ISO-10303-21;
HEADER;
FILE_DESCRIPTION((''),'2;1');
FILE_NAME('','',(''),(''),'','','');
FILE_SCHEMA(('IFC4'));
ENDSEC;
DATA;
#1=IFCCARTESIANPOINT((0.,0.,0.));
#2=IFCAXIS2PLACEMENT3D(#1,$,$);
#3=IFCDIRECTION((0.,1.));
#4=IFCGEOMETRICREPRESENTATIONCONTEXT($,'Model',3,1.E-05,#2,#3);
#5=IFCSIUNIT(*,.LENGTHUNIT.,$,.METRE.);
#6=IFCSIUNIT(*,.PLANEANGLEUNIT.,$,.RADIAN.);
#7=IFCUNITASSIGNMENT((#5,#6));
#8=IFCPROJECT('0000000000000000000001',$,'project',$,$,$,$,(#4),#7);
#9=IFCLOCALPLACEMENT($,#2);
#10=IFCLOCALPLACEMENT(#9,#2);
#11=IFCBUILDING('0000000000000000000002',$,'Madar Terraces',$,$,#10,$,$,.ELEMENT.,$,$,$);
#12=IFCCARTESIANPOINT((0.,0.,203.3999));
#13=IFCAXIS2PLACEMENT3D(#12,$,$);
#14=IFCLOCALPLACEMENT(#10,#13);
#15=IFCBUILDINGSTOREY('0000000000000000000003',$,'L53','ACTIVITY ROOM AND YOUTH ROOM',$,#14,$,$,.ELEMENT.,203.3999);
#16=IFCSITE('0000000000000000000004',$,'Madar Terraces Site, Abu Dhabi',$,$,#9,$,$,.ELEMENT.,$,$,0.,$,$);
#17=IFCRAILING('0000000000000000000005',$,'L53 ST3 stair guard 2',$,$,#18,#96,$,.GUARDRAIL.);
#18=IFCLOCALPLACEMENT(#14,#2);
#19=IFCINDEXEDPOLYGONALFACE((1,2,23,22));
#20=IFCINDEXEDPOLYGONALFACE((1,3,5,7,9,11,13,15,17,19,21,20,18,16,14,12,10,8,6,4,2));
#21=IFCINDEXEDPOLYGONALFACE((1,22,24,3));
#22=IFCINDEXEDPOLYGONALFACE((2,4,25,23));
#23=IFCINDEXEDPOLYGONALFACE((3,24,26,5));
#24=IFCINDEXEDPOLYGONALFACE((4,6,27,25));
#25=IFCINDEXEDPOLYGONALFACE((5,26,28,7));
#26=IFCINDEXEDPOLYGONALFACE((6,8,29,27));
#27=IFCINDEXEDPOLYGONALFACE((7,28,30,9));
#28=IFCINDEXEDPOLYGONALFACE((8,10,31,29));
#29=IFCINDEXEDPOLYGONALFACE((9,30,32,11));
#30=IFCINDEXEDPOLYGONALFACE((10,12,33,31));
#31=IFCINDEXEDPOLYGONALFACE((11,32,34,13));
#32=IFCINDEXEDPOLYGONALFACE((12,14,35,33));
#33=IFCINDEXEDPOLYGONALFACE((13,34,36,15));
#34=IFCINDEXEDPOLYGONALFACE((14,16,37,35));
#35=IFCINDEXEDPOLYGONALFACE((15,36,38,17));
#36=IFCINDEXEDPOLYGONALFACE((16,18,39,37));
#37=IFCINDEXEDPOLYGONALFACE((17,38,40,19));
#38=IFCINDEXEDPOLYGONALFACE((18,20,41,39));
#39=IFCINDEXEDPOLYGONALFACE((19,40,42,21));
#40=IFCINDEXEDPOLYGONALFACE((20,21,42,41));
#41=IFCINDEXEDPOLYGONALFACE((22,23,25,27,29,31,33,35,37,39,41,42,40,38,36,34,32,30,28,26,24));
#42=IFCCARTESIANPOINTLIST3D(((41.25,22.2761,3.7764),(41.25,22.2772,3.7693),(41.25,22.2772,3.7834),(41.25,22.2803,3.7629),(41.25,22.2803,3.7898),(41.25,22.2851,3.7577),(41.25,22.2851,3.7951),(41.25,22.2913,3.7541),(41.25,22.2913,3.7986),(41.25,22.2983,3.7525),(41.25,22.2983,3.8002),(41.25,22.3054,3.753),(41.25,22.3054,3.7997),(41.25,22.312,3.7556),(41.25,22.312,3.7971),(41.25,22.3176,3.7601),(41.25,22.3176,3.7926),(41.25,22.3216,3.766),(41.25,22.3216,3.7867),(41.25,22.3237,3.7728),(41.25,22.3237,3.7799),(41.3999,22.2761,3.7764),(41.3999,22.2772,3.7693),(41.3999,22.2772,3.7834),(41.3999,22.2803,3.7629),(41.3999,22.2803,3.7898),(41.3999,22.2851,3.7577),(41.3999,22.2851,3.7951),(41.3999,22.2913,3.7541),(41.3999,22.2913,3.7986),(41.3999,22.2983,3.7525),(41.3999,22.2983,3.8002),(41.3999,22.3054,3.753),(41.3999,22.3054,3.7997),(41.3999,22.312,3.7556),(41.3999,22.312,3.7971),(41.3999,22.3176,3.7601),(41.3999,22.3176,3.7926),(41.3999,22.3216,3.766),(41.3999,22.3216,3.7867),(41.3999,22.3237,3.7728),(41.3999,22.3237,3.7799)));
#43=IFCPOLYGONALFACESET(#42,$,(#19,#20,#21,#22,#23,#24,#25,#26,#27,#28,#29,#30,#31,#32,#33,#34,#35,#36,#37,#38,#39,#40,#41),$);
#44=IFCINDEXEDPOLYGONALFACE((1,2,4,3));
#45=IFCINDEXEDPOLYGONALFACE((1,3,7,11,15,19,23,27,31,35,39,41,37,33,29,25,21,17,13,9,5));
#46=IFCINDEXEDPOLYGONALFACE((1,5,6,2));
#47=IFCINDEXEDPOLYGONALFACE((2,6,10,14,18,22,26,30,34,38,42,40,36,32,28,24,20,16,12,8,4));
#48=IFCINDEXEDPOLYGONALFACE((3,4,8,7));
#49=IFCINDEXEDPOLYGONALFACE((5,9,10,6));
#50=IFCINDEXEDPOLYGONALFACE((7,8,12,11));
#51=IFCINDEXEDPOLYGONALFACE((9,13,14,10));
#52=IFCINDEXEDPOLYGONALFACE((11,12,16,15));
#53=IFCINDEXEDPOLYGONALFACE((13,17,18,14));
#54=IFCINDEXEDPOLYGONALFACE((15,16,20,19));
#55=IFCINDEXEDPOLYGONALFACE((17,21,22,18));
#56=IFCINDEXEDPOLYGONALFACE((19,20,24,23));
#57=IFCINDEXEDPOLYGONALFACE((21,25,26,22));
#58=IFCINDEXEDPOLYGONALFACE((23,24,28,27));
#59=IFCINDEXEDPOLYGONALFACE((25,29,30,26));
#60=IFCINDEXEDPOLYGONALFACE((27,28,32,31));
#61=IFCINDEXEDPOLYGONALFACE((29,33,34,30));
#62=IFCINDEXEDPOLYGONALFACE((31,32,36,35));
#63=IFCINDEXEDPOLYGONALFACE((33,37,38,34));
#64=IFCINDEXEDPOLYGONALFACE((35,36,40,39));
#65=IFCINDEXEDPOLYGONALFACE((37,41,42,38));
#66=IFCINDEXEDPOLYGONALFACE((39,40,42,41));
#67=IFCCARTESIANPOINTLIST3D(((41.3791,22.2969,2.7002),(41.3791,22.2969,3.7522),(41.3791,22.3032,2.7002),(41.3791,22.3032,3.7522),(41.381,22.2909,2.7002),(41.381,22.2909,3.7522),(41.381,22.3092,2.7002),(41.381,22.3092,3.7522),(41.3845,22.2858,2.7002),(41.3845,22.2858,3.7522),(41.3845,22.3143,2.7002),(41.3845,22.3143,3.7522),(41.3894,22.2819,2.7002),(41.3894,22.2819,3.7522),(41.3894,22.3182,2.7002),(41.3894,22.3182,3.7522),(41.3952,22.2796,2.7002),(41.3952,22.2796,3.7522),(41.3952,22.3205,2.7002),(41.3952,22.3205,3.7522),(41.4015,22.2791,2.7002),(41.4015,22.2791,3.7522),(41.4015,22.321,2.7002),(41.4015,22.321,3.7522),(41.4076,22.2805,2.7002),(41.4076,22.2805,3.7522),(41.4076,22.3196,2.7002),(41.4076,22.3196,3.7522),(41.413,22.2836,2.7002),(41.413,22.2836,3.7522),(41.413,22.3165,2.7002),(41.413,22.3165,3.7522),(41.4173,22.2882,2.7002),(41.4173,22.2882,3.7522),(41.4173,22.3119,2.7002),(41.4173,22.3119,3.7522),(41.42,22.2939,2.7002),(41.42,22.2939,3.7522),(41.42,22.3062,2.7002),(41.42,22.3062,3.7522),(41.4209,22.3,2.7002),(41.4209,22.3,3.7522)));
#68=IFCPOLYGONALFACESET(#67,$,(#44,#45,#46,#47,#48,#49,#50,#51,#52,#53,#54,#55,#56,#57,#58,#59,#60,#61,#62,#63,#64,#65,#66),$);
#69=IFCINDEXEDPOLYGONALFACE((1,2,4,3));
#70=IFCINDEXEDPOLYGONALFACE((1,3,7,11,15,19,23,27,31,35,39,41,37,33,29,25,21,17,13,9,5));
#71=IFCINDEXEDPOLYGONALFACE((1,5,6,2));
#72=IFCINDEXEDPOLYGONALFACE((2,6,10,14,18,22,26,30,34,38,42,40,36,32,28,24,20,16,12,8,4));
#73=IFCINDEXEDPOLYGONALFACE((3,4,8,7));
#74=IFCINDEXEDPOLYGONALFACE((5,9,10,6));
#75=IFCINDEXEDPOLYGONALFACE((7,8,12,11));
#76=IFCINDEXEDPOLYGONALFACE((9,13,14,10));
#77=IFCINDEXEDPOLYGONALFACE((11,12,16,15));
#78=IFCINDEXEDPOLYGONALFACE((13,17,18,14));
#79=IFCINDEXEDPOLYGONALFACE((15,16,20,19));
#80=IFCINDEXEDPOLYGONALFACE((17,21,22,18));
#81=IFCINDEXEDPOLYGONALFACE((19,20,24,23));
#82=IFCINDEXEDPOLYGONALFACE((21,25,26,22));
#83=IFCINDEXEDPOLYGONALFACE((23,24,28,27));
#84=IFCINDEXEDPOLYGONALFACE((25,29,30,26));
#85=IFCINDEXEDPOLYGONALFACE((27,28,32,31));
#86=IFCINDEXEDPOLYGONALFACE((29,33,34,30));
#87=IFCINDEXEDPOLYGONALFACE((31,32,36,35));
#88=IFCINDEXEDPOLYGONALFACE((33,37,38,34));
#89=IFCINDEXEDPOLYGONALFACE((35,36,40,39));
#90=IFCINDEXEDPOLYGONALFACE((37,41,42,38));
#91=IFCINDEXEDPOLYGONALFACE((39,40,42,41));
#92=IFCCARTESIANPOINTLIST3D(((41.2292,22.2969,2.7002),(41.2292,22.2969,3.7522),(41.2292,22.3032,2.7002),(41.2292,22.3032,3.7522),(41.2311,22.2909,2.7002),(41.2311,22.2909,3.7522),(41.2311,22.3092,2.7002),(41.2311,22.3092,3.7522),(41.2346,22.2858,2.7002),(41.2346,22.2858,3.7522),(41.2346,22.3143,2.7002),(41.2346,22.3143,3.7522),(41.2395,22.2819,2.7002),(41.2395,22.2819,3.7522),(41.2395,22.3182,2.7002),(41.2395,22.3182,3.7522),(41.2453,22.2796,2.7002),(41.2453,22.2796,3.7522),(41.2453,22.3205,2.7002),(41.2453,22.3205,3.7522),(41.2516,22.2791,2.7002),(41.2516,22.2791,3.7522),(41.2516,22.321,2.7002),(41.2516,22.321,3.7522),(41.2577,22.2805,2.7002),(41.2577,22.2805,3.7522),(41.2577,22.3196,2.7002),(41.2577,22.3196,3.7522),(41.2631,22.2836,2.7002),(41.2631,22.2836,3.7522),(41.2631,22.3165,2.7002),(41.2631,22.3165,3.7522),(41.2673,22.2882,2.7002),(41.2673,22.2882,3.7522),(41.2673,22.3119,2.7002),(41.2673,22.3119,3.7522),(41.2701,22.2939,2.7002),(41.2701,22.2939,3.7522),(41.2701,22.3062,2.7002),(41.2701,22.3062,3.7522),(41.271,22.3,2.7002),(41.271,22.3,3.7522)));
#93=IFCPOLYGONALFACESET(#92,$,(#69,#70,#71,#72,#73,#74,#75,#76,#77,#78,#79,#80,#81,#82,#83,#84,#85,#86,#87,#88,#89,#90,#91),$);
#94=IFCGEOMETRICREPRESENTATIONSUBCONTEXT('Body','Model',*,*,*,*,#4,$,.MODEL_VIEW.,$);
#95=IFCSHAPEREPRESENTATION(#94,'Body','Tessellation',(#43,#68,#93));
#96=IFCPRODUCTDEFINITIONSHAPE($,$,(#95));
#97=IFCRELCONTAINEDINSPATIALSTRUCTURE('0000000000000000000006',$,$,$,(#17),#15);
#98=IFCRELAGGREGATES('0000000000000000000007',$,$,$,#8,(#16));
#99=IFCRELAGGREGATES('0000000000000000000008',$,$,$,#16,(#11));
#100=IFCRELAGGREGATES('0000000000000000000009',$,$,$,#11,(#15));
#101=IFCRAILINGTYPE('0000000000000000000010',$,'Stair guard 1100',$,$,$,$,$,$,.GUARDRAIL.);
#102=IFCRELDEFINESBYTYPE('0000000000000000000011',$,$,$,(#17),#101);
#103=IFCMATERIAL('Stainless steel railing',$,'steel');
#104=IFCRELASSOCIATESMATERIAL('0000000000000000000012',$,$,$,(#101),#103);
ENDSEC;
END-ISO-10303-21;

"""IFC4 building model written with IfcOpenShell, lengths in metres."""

from ifc_helpers import new_model, si_unit, direction, frame, origin, origin_2d, place, context, subcontext, project, spatial, circle, extrude, material, type_object, element, save


model = new_model("IFC4")

# Units and contexts
model_context = context("Model", 3, precision=1e-05, world=origin(), true_north=direction((0.0, 1.0)))
body_context = subcontext(model_context, "Body", "Model", "MODEL_VIEW")
ifc_project = project(units=[si_unit("LENGTHUNIT", "METRE"), si_unit("PLANEANGLEUNIT", "RADIAN")], contexts=[model_context])

# Site, building, storey
site_placement = place(None, origin())
site = spatial("IfcSite", under=ifc_project, at=site_placement, Name="Madar Terraces Site, Abu Dhabi", CompositionType="ELEMENT", RefElevation=0.0)
building_placement = place(site_placement, origin())
building = spatial("IfcBuilding", under=site, at=building_placement, Name="Madar Terraces", CompositionType="ELEMENT")
storey_placement = place(building_placement, frame((0.0, 0.0, 203.3999)))
storey = spatial("IfcBuildingStorey", under=building, at=storey_placement, Name="L53", Description="ACTIVITY ROOM AND YOUTH ROOM", CompositionType="ELEMENT", Elevation=203.3999)

# Railing
ifc_material_1 = material(Name="Stainless steel railing", Category="steel")
railing_type_1 = type_object("IfcRailingType", Name="Stair guard 1100", PredefinedType="GUARDRAIL", material=ifc_material_1)
railing_1_placement = place(storey_placement, frame((41.3999, 22.3, 2.7002)))
element("IfcRailing", 1, at=railing_1_placement, inside=storey, type_object=railing_type_1, Name="L53 ST3 stair guard 2", PredefinedType="GUARDRAIL", context=body_context, shape_type="SweptSolid", body=[
    extrude(circle(Radius=0.0239, at=origin_2d()), frame((0.0, 0.0, 1.0762), z_axis=(-1.0, 0.0, 0.0), x_axis=(0.0, -1.0, 0.0)), (0.0, 0.0, 1.0), 0.1499),
    extrude(circle(Radius=0.021, at=origin_2d()), origin(), (0.0, 0.0, 1.0), 1.052),
    extrude(circle(Radius=0.021, at=origin_2d()), frame((-0.1499, 0.0, 0.0)), (0.0, 0.0, 1.0), 1.052),
])

save(model, "model.ifc")
